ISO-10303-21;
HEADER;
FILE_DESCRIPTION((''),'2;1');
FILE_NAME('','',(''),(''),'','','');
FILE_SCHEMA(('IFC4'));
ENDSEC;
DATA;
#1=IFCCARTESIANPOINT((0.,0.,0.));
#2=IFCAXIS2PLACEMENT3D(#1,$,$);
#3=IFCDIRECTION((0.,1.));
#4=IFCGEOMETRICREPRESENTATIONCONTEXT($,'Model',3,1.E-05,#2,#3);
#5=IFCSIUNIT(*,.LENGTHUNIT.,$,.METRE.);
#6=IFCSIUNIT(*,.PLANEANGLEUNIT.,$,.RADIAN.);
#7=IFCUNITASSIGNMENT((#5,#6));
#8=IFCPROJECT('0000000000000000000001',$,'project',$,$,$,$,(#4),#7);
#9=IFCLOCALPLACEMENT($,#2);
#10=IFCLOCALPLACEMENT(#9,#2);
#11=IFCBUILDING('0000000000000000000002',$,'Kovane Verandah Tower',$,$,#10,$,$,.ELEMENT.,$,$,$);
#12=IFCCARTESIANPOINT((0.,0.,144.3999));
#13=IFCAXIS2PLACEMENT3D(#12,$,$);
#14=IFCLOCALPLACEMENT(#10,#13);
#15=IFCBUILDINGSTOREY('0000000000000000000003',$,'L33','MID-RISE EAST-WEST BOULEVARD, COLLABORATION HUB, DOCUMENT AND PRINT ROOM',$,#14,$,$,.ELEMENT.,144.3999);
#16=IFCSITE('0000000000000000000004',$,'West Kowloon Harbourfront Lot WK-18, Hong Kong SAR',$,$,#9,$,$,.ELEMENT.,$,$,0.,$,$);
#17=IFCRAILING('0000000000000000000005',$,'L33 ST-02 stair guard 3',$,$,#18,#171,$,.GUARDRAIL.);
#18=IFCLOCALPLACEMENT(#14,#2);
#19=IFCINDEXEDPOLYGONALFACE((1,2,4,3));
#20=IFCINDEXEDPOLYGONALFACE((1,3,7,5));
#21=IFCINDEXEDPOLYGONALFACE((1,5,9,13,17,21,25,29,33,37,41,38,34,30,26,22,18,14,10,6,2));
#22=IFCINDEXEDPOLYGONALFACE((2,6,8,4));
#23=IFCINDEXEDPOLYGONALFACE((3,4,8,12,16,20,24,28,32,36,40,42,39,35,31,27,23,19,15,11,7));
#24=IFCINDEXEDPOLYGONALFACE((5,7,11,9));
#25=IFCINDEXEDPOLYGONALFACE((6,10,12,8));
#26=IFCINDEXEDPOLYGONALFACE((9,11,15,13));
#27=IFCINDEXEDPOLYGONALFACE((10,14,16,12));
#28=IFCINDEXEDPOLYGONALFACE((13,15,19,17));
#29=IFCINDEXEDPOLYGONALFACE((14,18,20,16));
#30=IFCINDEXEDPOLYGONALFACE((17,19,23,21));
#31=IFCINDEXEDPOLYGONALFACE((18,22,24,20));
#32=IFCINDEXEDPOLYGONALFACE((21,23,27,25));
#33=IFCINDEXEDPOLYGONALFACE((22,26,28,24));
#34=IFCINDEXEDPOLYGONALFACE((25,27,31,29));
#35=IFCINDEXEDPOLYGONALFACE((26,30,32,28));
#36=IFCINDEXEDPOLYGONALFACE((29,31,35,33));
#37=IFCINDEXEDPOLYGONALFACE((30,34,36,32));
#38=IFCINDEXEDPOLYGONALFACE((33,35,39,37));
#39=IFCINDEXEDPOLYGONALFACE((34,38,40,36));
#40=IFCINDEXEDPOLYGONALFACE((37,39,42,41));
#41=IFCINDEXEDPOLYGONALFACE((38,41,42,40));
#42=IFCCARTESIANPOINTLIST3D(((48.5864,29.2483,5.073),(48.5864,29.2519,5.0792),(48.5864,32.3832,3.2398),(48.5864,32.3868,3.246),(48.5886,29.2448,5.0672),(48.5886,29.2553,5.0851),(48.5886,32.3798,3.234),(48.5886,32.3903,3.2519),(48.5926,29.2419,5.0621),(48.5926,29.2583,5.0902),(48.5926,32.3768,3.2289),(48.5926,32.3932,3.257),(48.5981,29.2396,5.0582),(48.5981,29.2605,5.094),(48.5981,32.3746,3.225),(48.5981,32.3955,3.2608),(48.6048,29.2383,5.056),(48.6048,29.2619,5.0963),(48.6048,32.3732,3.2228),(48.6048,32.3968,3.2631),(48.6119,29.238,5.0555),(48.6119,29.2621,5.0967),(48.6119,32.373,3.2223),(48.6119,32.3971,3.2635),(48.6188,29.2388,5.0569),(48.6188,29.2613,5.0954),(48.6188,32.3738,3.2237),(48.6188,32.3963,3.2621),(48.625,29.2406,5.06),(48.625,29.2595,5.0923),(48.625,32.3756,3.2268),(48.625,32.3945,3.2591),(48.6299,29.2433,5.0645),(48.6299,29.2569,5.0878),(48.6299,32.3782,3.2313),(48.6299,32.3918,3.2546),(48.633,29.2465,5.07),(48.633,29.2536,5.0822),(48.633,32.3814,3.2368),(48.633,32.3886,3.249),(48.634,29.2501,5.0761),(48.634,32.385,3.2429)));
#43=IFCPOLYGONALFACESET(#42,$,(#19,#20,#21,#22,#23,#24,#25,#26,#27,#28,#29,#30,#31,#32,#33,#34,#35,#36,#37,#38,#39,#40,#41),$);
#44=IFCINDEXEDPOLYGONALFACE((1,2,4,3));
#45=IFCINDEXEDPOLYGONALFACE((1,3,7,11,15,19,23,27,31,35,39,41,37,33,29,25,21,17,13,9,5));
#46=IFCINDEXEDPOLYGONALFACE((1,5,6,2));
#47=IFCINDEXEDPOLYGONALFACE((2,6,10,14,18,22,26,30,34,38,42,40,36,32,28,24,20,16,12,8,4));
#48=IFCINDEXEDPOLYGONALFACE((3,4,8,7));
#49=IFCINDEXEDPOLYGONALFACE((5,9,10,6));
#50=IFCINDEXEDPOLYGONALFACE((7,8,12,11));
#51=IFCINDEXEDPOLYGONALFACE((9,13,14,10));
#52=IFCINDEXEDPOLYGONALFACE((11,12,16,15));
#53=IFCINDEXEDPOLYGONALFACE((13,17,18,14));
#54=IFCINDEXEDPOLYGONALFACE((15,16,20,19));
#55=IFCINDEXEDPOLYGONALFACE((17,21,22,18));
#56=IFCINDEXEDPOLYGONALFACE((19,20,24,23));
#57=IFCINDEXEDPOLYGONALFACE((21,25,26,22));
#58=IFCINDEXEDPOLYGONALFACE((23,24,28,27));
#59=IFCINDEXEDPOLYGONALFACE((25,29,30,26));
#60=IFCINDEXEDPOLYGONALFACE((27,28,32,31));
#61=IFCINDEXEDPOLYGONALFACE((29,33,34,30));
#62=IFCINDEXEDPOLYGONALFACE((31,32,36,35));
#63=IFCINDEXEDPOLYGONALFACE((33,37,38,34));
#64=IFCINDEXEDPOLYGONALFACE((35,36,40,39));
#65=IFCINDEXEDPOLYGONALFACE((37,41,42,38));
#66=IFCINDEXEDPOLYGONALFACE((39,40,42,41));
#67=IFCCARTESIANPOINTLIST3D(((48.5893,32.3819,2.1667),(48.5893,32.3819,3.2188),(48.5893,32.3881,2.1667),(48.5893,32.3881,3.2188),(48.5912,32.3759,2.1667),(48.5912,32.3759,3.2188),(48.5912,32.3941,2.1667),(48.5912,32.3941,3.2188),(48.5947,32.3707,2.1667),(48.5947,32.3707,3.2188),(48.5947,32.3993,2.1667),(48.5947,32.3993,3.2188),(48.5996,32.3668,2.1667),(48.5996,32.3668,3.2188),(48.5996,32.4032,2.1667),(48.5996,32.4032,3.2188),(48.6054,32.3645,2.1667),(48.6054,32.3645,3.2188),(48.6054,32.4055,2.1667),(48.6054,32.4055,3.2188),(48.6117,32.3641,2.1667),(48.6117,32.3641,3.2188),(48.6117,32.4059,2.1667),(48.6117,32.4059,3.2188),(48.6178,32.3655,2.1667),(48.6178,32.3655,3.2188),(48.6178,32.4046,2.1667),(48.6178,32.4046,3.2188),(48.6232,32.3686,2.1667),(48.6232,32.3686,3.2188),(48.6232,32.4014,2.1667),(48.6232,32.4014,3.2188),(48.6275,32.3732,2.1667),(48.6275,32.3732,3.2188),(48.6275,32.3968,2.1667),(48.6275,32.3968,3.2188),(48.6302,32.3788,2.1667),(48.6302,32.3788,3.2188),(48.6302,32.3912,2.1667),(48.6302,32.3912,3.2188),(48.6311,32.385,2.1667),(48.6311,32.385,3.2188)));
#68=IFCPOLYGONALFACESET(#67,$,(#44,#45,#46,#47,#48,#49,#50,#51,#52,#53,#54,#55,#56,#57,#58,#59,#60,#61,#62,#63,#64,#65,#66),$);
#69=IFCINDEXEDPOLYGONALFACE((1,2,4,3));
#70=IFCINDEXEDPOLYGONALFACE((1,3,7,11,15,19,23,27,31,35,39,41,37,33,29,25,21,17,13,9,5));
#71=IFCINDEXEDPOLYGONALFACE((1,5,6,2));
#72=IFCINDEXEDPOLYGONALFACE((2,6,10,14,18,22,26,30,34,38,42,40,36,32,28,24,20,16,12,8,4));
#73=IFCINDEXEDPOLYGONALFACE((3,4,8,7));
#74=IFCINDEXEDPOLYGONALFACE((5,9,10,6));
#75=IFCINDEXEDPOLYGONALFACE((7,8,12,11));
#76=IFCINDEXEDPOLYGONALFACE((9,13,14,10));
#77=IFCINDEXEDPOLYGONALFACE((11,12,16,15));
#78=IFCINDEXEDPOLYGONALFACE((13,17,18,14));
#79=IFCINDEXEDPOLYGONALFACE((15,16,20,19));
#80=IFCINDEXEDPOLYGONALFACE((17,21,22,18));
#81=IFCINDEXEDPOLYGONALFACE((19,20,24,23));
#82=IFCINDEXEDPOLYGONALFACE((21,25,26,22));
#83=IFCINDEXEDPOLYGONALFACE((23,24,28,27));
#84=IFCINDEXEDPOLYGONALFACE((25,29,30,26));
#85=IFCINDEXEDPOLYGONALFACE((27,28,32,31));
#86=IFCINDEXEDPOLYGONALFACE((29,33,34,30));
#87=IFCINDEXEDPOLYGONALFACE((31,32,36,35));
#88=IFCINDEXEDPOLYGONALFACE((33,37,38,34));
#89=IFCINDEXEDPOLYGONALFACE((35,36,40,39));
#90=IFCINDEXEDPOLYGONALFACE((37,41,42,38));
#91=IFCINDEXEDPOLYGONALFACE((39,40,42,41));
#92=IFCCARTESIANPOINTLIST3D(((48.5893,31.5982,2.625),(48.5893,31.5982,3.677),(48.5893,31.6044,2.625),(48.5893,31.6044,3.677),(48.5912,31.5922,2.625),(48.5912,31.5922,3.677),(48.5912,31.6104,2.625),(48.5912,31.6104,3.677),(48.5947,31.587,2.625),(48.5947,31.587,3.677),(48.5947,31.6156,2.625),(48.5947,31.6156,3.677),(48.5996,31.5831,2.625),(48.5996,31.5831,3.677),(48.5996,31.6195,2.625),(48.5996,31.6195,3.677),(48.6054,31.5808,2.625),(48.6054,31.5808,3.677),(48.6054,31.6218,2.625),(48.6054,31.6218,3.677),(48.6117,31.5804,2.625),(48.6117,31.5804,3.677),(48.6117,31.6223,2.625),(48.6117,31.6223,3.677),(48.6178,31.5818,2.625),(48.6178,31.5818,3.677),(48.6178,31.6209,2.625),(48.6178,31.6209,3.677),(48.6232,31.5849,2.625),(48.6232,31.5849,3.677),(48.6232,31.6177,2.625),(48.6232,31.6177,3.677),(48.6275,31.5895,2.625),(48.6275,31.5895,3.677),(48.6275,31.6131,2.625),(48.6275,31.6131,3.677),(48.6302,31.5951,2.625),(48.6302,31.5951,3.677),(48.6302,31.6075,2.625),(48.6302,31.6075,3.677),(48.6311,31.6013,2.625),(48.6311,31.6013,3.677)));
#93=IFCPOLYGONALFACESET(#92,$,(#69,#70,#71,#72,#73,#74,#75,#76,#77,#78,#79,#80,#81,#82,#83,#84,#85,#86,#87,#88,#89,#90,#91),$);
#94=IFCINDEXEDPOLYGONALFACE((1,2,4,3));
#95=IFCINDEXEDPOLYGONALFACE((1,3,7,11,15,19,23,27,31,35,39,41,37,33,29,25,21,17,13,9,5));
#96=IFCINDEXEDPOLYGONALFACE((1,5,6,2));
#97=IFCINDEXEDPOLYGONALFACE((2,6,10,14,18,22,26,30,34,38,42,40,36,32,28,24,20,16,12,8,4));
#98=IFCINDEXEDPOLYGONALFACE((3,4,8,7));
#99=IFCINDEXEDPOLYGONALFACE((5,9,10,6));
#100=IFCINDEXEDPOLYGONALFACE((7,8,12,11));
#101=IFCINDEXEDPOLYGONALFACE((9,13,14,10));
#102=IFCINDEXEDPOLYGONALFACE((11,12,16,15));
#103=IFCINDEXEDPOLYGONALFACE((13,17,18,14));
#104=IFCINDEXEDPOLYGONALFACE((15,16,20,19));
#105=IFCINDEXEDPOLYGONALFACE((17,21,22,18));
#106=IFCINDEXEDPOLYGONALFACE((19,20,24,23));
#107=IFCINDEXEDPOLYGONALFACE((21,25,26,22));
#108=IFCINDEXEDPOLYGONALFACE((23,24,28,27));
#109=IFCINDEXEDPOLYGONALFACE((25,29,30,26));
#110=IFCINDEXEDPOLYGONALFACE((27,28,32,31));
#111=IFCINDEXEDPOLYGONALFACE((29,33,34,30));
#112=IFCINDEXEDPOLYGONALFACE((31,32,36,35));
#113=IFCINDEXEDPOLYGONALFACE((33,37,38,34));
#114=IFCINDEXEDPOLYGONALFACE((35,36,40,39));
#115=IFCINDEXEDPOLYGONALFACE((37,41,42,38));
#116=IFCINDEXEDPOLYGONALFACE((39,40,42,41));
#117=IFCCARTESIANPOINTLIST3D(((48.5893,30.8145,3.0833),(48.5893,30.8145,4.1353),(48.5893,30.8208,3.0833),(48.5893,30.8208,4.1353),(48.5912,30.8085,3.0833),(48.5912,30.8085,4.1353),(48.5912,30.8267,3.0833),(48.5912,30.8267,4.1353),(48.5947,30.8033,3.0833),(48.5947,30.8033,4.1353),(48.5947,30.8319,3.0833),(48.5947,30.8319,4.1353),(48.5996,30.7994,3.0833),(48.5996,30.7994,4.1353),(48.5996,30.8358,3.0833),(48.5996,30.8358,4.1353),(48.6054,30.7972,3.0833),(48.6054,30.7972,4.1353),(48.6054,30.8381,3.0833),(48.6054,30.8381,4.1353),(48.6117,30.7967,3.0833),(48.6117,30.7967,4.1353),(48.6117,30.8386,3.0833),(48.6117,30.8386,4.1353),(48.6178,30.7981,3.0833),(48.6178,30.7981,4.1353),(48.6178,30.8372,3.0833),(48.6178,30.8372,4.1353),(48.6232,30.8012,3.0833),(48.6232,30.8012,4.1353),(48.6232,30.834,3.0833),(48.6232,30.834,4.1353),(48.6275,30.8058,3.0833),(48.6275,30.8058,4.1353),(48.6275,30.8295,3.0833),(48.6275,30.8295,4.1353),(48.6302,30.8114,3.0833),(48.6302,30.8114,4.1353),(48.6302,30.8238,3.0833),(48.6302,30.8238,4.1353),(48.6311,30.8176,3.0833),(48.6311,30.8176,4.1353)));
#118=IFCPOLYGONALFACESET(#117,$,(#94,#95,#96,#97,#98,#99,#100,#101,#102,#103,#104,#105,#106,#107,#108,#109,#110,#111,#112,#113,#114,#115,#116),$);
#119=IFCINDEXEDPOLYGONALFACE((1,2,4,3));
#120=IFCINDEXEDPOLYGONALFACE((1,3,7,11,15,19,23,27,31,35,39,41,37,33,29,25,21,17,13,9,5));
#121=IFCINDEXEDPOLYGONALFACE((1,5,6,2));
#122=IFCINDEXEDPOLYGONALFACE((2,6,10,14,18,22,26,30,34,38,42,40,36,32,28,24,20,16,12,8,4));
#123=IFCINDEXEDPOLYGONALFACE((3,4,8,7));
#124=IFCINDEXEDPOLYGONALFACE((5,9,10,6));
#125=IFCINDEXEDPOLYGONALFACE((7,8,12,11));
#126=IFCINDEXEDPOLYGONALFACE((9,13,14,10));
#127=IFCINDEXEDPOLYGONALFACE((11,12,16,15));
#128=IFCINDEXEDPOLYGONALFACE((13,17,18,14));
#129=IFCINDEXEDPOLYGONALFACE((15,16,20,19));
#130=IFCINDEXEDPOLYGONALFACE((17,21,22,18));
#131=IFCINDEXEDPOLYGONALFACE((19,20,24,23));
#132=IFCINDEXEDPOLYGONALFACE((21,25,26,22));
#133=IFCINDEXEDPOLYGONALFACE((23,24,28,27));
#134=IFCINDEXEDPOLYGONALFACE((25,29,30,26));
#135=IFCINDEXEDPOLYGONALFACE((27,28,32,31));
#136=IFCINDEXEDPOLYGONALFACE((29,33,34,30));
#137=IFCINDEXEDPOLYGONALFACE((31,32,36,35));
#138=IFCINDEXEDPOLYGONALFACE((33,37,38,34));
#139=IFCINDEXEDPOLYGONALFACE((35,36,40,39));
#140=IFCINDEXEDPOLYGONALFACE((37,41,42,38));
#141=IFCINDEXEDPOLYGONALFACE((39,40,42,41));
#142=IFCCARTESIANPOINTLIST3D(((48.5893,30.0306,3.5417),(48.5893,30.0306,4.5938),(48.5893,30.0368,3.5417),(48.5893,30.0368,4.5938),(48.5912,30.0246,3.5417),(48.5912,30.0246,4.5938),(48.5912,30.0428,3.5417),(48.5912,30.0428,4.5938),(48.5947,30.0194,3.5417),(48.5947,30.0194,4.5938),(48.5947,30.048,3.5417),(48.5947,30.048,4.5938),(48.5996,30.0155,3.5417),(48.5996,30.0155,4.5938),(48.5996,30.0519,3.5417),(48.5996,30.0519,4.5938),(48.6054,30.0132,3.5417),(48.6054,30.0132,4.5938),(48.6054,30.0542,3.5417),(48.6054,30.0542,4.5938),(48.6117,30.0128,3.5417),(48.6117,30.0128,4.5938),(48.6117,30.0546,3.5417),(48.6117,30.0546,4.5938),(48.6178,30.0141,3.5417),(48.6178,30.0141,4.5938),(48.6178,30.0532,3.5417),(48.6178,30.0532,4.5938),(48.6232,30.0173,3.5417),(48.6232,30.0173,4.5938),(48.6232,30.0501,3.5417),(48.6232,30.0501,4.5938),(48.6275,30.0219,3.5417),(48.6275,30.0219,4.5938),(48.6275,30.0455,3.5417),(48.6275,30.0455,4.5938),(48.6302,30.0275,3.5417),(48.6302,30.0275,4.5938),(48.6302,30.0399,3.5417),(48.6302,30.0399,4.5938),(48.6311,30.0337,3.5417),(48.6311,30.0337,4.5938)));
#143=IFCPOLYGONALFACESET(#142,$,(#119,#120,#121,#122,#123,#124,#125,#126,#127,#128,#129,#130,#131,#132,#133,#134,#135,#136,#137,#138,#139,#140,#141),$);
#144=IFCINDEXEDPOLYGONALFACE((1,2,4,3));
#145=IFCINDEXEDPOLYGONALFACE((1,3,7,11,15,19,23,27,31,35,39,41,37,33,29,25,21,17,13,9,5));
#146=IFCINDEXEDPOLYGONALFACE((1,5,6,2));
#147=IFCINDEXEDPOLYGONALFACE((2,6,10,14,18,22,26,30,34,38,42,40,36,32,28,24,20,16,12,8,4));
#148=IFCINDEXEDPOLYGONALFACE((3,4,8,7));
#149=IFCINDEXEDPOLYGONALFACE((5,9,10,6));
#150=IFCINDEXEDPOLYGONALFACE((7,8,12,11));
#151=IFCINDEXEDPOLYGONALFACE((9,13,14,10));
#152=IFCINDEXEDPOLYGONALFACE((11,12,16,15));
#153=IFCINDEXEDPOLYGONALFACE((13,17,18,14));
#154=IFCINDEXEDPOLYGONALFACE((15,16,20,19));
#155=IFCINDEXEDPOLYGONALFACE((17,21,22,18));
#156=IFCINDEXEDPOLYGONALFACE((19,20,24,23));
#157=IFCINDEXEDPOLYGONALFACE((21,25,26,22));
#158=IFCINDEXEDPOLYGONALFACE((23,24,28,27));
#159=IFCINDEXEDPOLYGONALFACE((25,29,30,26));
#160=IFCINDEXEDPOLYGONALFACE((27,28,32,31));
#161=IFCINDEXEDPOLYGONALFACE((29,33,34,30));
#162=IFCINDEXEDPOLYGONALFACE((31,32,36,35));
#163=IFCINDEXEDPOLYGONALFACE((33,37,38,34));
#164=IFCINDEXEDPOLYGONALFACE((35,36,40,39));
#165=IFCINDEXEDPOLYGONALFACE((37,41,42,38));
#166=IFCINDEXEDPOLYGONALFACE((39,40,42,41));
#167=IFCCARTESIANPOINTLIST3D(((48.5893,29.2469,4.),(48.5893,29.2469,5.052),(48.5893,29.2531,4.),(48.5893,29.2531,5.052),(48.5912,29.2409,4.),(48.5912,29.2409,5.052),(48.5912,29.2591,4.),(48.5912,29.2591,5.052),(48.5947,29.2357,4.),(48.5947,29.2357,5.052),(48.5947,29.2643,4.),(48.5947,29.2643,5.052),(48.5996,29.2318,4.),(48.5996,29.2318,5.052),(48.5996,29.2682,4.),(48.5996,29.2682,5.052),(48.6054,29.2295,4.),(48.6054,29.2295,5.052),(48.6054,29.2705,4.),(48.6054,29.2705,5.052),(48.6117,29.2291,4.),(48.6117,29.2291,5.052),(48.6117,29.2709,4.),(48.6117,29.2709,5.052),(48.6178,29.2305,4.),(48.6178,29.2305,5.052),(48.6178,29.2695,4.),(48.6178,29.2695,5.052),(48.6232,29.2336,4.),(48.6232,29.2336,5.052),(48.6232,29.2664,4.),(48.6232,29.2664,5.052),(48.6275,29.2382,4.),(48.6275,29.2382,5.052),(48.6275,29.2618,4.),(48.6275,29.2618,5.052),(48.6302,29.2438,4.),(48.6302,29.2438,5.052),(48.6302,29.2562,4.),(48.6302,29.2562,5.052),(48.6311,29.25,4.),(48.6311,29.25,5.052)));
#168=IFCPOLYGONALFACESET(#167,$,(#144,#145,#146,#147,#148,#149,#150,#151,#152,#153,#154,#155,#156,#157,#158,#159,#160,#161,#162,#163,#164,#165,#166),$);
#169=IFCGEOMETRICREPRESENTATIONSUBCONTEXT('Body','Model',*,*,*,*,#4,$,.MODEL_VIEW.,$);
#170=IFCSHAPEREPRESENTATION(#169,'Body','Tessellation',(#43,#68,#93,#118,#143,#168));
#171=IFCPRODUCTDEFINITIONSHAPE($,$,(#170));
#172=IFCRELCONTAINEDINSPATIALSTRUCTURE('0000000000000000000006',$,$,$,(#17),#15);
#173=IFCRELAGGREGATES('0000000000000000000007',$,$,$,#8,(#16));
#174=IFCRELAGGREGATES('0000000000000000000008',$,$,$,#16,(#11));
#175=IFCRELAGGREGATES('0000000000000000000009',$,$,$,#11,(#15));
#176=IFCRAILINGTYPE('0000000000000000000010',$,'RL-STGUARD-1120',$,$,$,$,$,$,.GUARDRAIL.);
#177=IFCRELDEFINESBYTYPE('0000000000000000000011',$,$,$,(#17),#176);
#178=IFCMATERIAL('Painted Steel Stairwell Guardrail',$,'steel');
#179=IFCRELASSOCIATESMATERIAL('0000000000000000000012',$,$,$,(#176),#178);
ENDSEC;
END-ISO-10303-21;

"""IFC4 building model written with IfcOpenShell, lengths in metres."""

from ifc_helpers import new_model, si_unit, direction, frame, origin, origin_2d, place, context, subcontext, project, spatial, circle, extrude, material, type_object, element, save


model = new_model("IFC4")

# Units and contexts
model_context = context("Model", 3, precision=1e-05, world=origin(), true_north=direction((0.0, 1.0)))
body_context = subcontext(model_context, "Body", "Model", "MODEL_VIEW")
ifc_project = project(units=[si_unit("LENGTHUNIT", "METRE"), si_unit("PLANEANGLEUNIT", "RADIAN")], contexts=[model_context])

# Site, building, storey
site_placement = place(None, origin())
site = spatial("IfcSite", under=ifc_project, at=site_placement, Name="West Kowloon Harbourfront Lot WK-18, Hong Kong SAR", CompositionType="ELEMENT", RefElevation=0.0)
building_placement = place(site_placement, origin())
building = spatial("IfcBuilding", under=site, at=building_placement, Name="Kovane Verandah Tower", CompositionType="ELEMENT")
storey_placement = place(building_placement, frame((0.0, 0.0, 144.3999)))
storey = spatial("IfcBuildingStorey", under=building, at=storey_placement, Name="L33", Description="MID-RISE EAST-WEST BOULEVARD, COLLABORATION HUB, DOCUMENT AND PRINT ROOM", CompositionType="ELEMENT", Elevation=144.3999)

# Railing
ifc_material_1 = material(Name="Painted Steel Stairwell Guardrail", Category="steel")
railing_type_1 = type_object("IfcRailingType", Name="RL-STGUARD-1120", PredefinedType="GUARDRAIL", material=ifc_material_1)
railing_1_placement = place(storey_placement, frame((48.6101, 32.385, 2.1667)))
element("IfcRailing", 1, at=railing_1_placement, inside=storey, type_object=railing_type_1, Name="L33 ST-02 stair guard 3", PredefinedType="GUARDRAIL", context=body_context, shape_type="SweptSolid", body=[
    extrude(circle(Radius=0.0239, at=origin_2d()), frame((0.0, 0.0, 1.0762), z_axis=(0.0, -0.86324, 0.504794), x_axis=(1.0, 0.0, 0.0)), (0.0, 0.0, 1.0), 3.6316),
    extrude(circle(Radius=0.021, at=origin_2d()), origin(), (0.0, 0.0, 1.0), 1.052),
    extrude(circle(Radius=0.021, at=origin_2d()), frame((0.0, -0.7837, 0.4583)), (0.0, 0.0, 1.0), 1.052),
    extrude(circle(Radius=0.021, at=origin_2d()), frame((0.0, -1.5674, 0.9165)), (0.0, 0.0, 1.0), 1.052),
    extrude(circle(Radius=0.021, at=origin_2d()), frame((0.0, -2.3513, 1.375)), (0.0, 0.0, 1.0), 1.052),
    extrude(circle(Radius=0.021, at=origin_2d()), frame((0.0, -3.135, 1.8333)), (0.0, 0.0, 1.0), 1.052),
])

save(model, "model.ifc")
